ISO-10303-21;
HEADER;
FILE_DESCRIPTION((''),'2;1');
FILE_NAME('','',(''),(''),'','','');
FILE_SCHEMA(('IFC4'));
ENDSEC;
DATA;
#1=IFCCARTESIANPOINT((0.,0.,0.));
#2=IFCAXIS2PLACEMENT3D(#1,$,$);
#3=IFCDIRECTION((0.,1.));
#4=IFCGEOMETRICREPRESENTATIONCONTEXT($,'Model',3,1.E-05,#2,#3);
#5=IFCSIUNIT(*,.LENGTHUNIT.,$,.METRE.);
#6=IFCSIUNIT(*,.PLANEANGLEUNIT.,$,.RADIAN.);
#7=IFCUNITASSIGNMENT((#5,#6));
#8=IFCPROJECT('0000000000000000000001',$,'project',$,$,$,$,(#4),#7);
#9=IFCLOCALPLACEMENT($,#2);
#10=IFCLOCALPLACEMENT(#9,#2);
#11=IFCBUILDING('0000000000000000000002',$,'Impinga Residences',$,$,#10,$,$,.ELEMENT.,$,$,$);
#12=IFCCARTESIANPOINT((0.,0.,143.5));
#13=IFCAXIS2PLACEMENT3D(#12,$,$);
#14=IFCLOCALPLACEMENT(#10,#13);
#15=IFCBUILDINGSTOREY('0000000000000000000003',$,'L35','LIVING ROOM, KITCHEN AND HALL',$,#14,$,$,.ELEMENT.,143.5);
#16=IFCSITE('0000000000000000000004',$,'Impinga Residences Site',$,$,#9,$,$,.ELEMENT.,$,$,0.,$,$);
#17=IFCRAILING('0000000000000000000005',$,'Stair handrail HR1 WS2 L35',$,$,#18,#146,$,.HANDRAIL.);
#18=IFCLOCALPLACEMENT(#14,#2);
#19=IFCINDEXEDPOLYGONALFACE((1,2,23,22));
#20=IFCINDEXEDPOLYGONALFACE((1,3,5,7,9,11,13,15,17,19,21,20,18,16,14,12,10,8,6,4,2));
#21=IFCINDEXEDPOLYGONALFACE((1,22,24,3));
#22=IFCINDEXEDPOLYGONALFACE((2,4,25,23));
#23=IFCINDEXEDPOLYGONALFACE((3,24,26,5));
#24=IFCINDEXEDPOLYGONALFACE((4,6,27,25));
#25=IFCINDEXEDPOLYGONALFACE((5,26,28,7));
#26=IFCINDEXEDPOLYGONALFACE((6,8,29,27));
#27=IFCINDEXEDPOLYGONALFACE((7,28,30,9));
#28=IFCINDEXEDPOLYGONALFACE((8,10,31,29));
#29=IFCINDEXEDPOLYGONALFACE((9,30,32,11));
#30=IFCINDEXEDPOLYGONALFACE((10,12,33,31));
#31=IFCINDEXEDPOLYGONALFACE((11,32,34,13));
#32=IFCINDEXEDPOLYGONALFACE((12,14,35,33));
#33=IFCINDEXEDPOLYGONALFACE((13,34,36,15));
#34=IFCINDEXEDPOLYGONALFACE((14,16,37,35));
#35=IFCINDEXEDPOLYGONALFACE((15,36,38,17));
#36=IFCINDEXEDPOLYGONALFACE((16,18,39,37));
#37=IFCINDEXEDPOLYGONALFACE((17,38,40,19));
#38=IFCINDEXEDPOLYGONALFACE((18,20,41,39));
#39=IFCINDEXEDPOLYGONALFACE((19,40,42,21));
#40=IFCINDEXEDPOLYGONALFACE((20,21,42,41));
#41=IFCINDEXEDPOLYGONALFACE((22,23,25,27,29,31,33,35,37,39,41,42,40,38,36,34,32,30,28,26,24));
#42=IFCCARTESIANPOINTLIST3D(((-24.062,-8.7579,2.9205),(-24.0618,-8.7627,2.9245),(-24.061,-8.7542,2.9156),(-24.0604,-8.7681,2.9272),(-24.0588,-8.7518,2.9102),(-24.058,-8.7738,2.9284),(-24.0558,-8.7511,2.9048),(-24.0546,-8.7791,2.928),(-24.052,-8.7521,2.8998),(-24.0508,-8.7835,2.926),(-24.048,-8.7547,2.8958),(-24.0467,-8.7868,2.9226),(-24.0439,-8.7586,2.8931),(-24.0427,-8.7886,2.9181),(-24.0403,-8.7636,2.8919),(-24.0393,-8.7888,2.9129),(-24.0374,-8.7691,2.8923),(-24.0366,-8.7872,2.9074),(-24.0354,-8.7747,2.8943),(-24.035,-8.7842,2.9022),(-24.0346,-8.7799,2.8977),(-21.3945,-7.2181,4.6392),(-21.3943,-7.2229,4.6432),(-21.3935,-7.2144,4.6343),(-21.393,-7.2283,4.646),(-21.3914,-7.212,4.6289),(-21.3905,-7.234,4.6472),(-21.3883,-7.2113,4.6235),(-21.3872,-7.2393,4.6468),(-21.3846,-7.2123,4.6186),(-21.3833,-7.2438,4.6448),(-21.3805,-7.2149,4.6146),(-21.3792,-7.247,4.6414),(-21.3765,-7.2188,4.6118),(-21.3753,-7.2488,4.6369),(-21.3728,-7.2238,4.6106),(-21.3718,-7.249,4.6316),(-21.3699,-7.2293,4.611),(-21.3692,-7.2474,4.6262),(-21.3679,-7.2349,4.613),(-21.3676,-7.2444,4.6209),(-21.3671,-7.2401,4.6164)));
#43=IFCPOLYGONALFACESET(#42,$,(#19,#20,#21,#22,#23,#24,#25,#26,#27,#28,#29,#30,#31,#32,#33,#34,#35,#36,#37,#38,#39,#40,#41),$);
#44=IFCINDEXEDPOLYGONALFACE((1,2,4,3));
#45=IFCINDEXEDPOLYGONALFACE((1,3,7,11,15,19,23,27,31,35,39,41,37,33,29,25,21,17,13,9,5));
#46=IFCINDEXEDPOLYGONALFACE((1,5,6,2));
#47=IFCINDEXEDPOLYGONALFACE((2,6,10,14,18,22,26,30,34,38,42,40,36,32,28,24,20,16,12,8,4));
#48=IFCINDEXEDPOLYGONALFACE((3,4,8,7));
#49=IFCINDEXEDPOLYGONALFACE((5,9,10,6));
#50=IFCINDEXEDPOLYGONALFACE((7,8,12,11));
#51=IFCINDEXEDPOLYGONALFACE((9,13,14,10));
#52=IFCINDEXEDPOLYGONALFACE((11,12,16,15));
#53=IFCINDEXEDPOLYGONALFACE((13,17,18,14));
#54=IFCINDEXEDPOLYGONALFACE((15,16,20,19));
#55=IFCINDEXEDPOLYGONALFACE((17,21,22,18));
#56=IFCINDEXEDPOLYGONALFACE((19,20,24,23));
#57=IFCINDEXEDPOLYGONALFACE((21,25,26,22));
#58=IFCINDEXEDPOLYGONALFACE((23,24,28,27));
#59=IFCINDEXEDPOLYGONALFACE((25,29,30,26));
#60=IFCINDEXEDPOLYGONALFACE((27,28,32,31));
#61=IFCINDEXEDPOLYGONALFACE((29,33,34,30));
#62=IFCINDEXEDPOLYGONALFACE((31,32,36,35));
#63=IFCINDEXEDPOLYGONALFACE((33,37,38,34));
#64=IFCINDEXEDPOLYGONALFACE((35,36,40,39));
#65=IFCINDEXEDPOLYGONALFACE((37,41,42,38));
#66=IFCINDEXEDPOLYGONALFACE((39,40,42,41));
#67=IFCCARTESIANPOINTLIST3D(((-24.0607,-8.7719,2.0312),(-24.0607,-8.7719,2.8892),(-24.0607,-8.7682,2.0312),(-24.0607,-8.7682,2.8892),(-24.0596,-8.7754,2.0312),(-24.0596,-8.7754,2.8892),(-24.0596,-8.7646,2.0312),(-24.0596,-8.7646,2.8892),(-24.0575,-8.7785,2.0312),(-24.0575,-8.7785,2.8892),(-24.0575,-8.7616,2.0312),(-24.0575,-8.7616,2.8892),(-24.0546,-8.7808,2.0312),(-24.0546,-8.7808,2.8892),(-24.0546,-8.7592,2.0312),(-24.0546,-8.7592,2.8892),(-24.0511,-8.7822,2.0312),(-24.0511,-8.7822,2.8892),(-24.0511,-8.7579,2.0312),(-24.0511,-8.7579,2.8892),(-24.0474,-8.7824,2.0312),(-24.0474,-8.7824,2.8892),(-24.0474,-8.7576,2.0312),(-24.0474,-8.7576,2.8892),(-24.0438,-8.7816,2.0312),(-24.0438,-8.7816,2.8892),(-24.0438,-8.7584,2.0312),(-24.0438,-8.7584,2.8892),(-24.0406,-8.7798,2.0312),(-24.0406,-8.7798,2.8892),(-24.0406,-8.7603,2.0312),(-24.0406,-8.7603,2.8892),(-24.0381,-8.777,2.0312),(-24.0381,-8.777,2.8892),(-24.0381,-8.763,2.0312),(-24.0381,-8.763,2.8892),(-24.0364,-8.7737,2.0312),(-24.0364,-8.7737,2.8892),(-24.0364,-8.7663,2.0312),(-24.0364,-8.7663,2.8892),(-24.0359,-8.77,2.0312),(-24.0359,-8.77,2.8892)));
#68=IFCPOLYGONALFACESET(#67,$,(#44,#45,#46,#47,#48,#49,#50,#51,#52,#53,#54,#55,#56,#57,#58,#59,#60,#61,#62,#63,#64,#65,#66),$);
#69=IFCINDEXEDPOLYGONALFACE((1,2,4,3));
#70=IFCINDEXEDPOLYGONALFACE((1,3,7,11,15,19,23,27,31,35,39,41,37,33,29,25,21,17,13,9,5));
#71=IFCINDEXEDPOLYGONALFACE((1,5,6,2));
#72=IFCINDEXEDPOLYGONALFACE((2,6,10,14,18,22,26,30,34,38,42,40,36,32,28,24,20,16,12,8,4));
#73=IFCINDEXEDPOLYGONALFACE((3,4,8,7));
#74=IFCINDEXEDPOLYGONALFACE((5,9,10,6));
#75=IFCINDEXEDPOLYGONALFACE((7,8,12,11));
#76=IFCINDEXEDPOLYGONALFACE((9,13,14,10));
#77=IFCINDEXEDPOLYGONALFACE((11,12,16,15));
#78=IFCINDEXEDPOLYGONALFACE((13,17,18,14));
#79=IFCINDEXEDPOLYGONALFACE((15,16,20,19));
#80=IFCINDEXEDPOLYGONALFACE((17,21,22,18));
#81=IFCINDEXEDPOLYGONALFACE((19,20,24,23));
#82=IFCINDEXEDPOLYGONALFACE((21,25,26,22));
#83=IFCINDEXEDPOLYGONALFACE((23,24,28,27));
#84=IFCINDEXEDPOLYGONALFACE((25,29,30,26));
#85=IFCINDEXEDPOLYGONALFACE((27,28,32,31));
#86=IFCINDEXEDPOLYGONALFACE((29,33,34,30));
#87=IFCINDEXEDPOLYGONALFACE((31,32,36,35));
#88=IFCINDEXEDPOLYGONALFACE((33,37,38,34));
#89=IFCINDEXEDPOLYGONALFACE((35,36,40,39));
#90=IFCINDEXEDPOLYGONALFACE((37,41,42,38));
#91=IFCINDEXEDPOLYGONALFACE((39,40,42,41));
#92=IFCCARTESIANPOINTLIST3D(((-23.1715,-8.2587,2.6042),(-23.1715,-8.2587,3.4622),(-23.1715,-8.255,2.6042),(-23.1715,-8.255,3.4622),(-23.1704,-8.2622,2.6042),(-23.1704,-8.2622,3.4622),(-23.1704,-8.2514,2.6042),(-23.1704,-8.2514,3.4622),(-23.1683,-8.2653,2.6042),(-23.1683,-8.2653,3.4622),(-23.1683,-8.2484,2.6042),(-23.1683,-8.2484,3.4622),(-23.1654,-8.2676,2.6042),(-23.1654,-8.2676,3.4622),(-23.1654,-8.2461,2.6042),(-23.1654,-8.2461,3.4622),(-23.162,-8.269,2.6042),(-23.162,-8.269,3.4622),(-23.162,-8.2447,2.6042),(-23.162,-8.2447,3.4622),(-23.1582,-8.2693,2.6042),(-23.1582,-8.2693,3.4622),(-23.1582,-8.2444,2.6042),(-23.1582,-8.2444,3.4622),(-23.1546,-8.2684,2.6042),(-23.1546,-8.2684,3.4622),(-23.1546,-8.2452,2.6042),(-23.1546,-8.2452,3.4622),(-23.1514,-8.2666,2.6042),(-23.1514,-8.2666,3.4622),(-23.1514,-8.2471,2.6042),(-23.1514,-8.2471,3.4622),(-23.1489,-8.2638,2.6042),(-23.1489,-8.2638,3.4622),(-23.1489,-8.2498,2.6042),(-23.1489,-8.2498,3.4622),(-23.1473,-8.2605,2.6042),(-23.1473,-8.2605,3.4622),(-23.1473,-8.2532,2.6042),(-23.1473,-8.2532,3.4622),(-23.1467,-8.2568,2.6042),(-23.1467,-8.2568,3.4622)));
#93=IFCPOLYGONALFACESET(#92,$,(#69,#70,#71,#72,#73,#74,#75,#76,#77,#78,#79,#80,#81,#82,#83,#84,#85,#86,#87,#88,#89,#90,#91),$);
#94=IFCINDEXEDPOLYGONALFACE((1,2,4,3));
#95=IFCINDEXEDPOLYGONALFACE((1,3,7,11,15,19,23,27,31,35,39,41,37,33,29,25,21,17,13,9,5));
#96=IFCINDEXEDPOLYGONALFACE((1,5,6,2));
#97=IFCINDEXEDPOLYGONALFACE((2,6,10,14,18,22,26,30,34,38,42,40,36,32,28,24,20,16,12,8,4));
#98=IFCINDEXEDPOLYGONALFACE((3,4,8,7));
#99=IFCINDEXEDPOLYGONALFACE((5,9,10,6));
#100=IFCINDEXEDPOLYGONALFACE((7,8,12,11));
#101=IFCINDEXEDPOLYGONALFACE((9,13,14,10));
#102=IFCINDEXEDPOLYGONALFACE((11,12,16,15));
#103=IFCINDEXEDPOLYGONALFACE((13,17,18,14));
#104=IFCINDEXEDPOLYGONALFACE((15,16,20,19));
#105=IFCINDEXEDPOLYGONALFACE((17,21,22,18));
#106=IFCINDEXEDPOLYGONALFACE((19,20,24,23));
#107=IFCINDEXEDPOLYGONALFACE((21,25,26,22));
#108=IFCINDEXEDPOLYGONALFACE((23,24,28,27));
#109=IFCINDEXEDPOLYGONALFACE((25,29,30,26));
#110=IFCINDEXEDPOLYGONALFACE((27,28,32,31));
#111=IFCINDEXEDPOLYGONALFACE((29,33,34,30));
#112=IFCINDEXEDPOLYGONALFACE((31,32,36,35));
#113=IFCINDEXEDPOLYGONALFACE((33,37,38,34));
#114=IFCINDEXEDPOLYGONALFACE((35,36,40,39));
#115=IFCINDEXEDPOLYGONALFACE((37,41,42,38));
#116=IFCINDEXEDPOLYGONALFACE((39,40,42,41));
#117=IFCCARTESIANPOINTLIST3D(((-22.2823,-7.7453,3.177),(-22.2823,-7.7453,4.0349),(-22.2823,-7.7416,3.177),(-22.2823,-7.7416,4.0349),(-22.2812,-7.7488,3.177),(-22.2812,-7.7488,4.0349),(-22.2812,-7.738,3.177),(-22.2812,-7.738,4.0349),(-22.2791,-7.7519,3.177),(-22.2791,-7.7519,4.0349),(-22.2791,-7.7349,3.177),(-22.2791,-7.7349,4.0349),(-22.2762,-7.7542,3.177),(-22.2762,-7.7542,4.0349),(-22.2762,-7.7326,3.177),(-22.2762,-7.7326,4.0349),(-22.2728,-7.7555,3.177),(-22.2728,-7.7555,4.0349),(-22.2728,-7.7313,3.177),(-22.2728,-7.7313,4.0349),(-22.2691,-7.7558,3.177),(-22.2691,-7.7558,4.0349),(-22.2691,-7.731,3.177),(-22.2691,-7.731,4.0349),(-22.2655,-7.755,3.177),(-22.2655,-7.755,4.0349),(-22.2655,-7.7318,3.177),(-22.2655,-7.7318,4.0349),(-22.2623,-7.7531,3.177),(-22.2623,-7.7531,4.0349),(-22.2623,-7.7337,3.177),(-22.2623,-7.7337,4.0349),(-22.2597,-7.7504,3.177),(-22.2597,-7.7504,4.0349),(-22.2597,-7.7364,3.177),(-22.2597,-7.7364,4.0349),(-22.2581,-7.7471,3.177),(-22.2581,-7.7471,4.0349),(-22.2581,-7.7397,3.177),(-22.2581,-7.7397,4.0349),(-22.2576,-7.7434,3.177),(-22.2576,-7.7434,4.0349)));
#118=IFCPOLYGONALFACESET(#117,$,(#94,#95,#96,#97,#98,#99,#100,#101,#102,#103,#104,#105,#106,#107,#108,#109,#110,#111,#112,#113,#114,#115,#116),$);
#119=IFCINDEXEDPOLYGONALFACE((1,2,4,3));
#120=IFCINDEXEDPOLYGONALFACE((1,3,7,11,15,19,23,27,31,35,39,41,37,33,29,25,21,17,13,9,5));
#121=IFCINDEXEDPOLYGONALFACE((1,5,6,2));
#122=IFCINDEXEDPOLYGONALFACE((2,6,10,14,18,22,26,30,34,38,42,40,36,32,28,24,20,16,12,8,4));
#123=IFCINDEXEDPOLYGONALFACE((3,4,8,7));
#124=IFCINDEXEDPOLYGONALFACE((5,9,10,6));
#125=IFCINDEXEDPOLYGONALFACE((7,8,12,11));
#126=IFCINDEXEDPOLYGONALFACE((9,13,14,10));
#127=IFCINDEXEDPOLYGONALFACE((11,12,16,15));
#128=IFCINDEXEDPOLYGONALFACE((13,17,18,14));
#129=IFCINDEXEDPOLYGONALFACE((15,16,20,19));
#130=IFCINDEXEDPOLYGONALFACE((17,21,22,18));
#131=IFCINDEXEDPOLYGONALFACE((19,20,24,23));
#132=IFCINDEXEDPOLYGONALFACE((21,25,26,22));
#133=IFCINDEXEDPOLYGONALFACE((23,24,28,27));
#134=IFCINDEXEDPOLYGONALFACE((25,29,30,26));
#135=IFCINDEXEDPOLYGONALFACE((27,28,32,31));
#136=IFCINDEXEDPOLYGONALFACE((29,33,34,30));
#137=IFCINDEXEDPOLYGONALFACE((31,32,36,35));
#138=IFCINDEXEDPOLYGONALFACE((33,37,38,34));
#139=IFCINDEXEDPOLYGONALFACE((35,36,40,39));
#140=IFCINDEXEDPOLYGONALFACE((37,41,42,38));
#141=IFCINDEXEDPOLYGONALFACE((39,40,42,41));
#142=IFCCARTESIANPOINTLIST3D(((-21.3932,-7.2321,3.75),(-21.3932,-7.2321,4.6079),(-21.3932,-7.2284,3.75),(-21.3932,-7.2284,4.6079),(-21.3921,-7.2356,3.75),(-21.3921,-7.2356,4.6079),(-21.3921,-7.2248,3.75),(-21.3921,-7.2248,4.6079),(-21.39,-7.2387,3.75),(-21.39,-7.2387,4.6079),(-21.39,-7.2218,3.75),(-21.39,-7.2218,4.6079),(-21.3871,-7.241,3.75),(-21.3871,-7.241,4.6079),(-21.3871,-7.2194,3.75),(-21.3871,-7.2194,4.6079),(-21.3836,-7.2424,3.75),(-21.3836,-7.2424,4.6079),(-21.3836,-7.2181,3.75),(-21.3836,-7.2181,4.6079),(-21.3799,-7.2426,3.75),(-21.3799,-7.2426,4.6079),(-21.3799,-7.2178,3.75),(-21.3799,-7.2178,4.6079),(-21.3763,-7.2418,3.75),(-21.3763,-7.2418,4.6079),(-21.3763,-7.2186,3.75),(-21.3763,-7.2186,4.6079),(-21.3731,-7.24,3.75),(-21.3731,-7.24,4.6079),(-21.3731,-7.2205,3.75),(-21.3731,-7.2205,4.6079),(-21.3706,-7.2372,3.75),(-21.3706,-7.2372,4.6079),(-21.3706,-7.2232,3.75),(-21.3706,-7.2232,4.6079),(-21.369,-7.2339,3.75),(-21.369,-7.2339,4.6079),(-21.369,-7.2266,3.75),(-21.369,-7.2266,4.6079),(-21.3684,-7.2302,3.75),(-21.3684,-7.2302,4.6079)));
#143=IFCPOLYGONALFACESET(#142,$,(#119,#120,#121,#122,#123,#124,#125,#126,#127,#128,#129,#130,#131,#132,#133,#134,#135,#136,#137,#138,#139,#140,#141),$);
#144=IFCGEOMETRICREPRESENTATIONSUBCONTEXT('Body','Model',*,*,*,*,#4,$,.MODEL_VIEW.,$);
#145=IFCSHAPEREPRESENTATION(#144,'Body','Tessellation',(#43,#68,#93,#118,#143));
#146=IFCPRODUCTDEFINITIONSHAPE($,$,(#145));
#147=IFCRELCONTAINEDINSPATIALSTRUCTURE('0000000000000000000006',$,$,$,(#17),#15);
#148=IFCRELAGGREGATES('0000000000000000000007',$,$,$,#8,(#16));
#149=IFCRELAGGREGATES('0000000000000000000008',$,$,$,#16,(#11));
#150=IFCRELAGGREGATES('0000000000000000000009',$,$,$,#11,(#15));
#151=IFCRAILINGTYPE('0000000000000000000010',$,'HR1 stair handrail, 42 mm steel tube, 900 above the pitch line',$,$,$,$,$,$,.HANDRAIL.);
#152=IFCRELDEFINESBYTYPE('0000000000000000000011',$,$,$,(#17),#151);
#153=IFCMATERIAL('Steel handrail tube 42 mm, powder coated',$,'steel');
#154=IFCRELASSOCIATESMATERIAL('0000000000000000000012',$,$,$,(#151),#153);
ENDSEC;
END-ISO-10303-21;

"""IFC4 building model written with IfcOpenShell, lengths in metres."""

from ifc_helpers import new_model, si_unit, direction, frame, origin, origin_2d, place, context, subcontext, project, spatial, circle, extrude, material, type_object, element, save


model = new_model("IFC4")

# Units and contexts
model_context = context("Model", 3, precision=1e-05, world=origin(), true_north=direction((0.0, 1.0)))
body_context = subcontext(model_context, "Body", "Model", "MODEL_VIEW")
ifc_project = project(units=[si_unit("LENGTHUNIT", "METRE"), si_unit("PLANEANGLEUNIT", "RADIAN")], contexts=[model_context])

# Site, building, storey
site_placement = place(None, origin())
site = spatial("IfcSite", under=ifc_project, at=site_placement, Name="Impinga Residences Site", CompositionType="ELEMENT", RefElevation=0.0)
building_placement = place(site_placement, origin())
building = spatial("IfcBuilding", under=site, at=building_placement, Name="Impinga Residences", CompositionType="ELEMENT")
storey_placement = place(building_placement, frame((0.0, 0.0, 143.5)))
storey = spatial("IfcBuildingStorey", under=building, at=storey_placement, Name="L35", Description="LIVING ROOM, KITCHEN AND HALL", CompositionType="ELEMENT", Elevation=143.5)

# Railing
ifc_material_1 = material(Name="Steel handrail tube 42 mm, powder coated", Category="steel")
railing_type_1 = type_object("IfcRailingType", Name="HR1 stair handrail, 42 mm steel tube, 900 above the pitch line", PredefinedType="HANDRAIL", material=ifc_material_1)
railing_1_placement = place(storey_placement, frame((-24.0483, -8.77, 2.0312)))
element("IfcRailing", 1, at=railing_1_placement, inside=storey, type_object=railing_type_1, Name="Stair handrail HR1 WS2 L35", PredefinedType="HANDRAIL", context=body_context, shape_type="SweptSolid", body=[
    extrude(circle(Radius=0.021, at=origin_2d()), frame((0.0, 0.0, 0.8789), z_axis=(0.756279, 0.43656, 0.487297), x_axis=(-0.499933, 0.866064, 0.0)), (0.0, 0.0, 1.0), 3.5271),
    extrude(circle(Radius=0.0125, at=origin_2d()), origin(), (0.0, 0.0, 1.0), 0.8579),
    extrude(circle(Radius=0.0125, at=origin_2d()), frame((0.8892, 0.5132, 0.573)), (0.0, 0.0, 1.0), 0.8579),
    extrude(circle(Radius=0.0125, at=origin_2d()), frame((1.7783, 1.0266, 1.1458)), (0.0, 0.0, 1.0), 0.8579),
    extrude(circle(Radius=0.0125, at=origin_2d()), frame((2.6675, 1.5398, 1.7188)), (0.0, 0.0, 1.0), 0.8579),
])

save(model, "model.ifc")
